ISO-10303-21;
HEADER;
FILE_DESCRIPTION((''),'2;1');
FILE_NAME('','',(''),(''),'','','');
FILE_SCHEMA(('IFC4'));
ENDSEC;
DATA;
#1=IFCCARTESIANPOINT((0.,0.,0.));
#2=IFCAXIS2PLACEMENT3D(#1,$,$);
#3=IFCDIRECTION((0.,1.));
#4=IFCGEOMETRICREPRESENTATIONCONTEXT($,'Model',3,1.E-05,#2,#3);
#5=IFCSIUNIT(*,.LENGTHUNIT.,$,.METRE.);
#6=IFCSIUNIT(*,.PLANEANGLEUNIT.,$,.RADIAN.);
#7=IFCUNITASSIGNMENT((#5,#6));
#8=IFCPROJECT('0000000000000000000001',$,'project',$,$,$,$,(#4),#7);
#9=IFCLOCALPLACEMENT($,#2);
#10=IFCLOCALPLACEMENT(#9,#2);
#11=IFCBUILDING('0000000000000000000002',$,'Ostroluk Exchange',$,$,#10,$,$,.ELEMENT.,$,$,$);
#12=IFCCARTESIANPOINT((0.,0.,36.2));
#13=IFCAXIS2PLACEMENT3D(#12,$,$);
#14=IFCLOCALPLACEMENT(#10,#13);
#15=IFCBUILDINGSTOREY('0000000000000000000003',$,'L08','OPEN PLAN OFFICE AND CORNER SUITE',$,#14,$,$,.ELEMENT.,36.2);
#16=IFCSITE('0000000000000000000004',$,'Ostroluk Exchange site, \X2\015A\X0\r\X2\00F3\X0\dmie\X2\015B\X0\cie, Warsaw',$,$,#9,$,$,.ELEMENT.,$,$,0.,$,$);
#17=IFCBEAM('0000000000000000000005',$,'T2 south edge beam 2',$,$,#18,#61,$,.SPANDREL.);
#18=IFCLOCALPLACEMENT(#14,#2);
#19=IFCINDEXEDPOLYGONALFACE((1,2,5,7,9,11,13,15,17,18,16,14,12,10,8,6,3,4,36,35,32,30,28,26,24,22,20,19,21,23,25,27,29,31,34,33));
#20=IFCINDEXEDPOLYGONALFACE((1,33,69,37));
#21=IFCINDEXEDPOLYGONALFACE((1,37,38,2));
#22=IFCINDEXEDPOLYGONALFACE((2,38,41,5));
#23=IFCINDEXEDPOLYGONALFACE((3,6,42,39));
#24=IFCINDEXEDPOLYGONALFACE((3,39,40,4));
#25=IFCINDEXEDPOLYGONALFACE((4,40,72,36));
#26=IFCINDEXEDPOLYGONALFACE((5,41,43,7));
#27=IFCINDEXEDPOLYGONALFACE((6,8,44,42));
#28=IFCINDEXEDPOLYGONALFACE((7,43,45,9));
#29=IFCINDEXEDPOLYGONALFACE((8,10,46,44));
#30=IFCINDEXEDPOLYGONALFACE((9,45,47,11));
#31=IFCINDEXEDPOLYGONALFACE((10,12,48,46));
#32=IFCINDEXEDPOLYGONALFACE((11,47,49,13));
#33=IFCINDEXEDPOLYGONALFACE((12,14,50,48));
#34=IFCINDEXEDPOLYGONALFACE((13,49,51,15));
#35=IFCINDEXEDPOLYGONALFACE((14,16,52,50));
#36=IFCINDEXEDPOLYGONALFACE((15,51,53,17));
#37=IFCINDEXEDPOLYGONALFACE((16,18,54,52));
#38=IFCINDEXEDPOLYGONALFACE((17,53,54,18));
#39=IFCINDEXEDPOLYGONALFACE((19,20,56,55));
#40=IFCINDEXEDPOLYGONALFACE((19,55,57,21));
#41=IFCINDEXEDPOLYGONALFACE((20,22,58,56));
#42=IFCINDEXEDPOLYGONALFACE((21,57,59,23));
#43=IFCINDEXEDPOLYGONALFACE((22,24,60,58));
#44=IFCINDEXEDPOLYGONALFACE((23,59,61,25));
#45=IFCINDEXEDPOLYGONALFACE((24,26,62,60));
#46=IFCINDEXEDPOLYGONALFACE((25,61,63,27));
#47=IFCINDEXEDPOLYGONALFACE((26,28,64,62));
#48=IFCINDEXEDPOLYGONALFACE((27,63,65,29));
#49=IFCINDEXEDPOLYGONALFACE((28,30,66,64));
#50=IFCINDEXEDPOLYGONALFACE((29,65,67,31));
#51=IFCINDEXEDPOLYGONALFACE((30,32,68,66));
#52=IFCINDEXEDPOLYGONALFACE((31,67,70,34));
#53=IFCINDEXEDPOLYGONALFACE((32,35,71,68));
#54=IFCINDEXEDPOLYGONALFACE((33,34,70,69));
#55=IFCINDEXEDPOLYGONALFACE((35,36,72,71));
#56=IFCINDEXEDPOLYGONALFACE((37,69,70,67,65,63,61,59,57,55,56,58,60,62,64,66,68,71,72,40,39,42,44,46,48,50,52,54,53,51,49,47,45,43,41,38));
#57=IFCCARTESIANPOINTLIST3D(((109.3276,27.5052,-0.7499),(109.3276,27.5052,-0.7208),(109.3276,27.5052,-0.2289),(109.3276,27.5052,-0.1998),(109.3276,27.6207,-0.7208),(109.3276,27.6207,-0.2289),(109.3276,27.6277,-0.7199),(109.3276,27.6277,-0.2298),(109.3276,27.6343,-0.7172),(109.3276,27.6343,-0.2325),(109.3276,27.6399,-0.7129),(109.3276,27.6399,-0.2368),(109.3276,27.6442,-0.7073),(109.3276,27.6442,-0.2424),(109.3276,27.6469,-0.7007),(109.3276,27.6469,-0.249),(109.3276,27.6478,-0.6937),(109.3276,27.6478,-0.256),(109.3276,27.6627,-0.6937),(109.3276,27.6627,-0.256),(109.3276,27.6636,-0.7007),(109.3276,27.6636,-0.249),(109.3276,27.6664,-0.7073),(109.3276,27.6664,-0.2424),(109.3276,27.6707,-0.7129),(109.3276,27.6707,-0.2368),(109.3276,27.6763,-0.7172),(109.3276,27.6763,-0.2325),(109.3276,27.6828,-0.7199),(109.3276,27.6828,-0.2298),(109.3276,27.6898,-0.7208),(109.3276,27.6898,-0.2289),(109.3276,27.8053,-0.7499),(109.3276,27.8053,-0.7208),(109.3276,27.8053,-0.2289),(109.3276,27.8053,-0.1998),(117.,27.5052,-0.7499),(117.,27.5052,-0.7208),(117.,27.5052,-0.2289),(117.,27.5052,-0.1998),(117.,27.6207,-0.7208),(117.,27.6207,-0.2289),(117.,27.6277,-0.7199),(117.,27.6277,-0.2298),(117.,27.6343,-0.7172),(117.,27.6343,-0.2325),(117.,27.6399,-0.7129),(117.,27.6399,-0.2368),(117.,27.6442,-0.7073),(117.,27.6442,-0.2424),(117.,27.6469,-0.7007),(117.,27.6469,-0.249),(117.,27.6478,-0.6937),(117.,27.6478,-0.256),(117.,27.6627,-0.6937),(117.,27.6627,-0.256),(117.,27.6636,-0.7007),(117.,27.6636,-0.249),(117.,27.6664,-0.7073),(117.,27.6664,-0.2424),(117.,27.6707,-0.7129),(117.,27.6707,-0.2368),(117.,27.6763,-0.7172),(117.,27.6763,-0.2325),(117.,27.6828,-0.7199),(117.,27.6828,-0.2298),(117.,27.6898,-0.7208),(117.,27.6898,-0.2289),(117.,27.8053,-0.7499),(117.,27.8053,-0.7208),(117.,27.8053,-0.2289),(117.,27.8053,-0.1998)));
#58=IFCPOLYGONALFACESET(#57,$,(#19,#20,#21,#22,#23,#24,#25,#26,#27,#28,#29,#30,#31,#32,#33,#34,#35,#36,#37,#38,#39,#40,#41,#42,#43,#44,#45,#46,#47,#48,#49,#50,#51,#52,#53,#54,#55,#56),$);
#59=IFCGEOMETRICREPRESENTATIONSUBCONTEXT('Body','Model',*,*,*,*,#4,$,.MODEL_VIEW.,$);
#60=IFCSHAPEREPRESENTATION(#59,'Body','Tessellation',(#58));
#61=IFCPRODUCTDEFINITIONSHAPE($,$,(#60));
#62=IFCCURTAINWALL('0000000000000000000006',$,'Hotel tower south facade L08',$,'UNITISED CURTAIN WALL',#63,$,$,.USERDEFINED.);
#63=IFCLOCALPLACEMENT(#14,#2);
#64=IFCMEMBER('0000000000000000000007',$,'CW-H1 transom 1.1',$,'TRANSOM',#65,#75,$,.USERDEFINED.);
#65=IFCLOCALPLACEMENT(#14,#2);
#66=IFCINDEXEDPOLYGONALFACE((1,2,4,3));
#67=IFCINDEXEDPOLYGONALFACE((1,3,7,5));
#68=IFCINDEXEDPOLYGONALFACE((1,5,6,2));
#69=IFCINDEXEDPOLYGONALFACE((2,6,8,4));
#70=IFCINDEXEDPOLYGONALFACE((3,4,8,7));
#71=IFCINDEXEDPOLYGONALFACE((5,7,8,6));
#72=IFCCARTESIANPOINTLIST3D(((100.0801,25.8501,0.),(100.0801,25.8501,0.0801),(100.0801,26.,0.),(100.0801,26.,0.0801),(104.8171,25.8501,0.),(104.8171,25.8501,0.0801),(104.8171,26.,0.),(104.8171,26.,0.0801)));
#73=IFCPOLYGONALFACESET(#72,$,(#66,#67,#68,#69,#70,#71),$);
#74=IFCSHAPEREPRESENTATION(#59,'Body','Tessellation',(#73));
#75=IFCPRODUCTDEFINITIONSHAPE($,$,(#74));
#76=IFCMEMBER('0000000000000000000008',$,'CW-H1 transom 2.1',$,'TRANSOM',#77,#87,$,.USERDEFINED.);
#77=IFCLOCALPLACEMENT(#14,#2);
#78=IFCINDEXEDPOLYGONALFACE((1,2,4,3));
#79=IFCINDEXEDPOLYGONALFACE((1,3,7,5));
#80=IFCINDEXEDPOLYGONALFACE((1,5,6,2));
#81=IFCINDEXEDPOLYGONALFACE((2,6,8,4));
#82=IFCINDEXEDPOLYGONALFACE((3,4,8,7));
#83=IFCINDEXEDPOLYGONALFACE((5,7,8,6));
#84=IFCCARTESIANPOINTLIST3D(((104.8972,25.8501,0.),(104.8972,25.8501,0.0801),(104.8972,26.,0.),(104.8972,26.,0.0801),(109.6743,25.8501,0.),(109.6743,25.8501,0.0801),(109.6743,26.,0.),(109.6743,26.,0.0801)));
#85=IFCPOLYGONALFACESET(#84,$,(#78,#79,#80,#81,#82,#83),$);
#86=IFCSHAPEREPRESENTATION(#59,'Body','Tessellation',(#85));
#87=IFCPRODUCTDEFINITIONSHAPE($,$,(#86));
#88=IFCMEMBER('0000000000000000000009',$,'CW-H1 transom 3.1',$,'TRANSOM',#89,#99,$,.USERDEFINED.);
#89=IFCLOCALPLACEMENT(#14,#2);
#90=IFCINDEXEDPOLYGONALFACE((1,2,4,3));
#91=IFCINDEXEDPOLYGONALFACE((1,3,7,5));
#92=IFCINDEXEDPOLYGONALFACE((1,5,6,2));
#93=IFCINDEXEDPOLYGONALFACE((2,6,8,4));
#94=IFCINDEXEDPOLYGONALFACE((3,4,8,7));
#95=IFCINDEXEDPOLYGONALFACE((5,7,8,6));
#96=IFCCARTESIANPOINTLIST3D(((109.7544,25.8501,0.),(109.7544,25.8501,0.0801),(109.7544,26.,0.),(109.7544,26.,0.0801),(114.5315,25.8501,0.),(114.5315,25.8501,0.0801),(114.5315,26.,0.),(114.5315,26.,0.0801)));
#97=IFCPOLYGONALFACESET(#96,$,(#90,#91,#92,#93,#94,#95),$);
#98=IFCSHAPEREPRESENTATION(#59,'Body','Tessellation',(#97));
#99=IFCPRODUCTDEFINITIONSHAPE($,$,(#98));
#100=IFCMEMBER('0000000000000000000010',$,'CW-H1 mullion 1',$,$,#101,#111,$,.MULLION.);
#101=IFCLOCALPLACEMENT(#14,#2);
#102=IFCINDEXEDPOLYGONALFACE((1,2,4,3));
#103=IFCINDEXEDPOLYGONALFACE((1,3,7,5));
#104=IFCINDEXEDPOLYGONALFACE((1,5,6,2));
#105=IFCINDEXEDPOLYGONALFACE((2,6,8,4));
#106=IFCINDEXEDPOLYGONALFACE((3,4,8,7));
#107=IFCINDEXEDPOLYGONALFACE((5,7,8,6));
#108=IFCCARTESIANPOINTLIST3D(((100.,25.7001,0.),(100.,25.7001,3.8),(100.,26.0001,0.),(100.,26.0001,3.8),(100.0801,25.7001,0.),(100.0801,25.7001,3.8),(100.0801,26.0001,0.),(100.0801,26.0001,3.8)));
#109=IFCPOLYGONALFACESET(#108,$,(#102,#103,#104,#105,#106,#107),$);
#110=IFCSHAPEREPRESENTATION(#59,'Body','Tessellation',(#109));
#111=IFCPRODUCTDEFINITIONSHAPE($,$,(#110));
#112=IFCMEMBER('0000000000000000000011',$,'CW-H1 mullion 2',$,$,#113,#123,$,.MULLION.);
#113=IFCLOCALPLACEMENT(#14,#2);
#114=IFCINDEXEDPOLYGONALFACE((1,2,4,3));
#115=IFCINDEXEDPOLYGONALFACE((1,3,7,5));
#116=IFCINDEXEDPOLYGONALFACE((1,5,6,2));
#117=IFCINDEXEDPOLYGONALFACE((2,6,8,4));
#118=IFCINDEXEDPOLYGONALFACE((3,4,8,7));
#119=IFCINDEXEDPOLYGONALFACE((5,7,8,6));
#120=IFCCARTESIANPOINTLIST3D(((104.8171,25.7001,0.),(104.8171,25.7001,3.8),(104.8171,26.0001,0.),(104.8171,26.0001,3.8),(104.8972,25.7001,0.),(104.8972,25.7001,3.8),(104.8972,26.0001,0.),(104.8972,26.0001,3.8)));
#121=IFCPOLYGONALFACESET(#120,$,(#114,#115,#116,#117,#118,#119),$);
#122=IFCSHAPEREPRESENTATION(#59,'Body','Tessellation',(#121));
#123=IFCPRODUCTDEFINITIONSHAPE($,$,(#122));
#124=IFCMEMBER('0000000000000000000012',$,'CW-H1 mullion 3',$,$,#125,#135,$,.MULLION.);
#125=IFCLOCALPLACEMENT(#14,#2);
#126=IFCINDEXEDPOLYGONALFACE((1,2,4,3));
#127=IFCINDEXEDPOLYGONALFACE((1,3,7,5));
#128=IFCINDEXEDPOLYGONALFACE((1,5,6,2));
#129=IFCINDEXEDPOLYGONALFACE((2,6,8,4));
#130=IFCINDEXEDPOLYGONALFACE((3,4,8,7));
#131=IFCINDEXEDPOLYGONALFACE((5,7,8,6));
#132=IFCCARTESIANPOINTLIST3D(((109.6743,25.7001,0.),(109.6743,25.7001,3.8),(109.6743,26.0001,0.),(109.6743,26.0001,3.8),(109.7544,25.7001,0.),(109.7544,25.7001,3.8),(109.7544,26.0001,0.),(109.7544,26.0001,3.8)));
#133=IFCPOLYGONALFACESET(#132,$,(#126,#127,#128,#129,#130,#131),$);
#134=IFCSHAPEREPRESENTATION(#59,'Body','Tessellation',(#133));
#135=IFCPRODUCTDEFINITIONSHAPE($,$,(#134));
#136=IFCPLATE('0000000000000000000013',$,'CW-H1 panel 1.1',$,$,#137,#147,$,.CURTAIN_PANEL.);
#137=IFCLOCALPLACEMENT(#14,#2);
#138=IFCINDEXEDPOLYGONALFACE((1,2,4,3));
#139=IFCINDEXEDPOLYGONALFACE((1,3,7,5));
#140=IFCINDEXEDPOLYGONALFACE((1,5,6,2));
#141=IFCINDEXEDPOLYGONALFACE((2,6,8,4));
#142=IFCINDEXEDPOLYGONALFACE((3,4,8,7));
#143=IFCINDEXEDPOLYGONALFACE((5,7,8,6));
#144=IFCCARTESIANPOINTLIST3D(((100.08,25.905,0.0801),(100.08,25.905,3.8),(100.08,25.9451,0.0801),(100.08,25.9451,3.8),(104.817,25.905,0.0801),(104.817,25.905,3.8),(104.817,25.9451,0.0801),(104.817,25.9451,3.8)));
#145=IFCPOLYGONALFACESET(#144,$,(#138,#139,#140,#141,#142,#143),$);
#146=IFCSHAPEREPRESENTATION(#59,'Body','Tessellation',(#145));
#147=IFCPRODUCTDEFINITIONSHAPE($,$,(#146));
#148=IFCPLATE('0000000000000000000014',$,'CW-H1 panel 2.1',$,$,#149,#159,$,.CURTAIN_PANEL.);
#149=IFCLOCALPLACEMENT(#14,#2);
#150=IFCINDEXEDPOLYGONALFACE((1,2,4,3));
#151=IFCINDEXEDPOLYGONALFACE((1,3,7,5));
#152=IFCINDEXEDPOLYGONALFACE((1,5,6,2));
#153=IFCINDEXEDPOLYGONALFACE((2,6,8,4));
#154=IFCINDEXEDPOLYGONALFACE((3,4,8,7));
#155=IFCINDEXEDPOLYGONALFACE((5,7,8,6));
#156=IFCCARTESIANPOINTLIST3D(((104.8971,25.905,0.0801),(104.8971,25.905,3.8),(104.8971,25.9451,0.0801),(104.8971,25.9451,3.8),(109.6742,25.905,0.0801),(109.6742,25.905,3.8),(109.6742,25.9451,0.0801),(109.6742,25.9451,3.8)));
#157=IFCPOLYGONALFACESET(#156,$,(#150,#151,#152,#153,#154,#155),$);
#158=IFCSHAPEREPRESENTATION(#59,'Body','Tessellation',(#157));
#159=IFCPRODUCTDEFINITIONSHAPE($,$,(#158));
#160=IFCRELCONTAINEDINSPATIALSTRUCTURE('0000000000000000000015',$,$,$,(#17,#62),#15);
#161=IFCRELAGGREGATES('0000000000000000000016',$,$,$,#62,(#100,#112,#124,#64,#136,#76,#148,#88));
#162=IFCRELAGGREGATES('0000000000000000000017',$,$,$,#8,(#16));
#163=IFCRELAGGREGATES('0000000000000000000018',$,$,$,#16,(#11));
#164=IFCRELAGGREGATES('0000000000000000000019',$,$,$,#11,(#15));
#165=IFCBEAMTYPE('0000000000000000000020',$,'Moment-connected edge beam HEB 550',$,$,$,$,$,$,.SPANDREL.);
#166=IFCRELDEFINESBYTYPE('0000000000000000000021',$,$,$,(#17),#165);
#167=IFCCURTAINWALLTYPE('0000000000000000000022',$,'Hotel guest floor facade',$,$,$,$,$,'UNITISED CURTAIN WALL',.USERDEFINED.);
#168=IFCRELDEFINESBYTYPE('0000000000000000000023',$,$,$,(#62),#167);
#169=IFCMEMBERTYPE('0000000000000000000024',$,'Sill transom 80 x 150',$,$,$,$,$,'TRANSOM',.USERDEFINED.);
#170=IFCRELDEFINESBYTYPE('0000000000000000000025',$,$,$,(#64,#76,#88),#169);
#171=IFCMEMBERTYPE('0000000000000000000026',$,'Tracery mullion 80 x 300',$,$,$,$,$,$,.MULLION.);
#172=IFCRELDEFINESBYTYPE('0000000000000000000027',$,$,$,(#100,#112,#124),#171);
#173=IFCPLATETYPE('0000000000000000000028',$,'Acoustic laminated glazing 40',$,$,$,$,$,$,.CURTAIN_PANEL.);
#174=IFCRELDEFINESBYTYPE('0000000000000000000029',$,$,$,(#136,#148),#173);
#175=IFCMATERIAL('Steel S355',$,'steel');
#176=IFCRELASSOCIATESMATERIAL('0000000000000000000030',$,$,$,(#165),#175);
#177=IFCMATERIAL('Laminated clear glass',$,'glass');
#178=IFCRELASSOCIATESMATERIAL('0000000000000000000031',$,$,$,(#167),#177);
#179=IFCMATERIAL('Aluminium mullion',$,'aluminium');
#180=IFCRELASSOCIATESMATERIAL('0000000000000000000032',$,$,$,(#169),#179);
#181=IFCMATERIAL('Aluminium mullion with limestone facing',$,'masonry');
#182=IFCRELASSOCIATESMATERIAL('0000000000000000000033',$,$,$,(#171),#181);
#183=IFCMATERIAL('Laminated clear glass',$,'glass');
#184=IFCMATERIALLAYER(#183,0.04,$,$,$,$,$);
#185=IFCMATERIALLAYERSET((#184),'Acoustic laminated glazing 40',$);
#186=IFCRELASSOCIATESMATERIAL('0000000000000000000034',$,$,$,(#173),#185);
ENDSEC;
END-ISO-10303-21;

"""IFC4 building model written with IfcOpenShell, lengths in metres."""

from ifc_helpers import new_model, si_unit, direction, frame, origin, origin_2d, place, context, subcontext, project, spatial, rectangle, i_section, extrude, material, layer, layer_set, material_profile, profile_set, type_object, element, aggregate, save


model = new_model("IFC4")

# Units and contexts
model_context = context("Model", 3, precision=1e-05, world=origin(), true_north=direction((0.0, 1.0)))
body_context = subcontext(model_context, "Body", "Model", "MODEL_VIEW")
ifc_project = project(units=[si_unit("LENGTHUNIT", "METRE"), si_unit("PLANEANGLEUNIT", "RADIAN")], contexts=[model_context])

# Site, building, storey
site_placement = place(None, origin())
site = spatial("IfcSite", under=ifc_project, at=site_placement, Name="Ostroluk Exchange site, Śródmieście, Warsaw", CompositionType="ELEMENT", RefElevation=0.0)
building_placement = place(site_placement, origin())
building = spatial("IfcBuilding", under=site, at=building_placement, Name="Ostroluk Exchange", CompositionType="ELEMENT")
storey_placement = place(building_placement, frame((0.0, 0.0, 36.2)))
storey = spatial("IfcBuildingStorey", under=building, at=storey_placement, Name="L08", Description="OPEN PLAN OFFICE AND CORNER SUITE", CompositionType="ELEMENT", Elevation=36.2)

# Beam
ifc_material_1 = material(Name="Steel S355", Category="steel")
ifc_material_profile_1 = material_profile(ifc_material_1, i_section(OverallWidth=0.3, OverallDepth=0.55, WebThickness=0.0149, FlangeThickness=0.0291, FilletRadius=0.0271, at=origin_2d()), Name="HEB 550")
ifc_profile_set_1 = profile_set([ifc_material_profile_1], Name="Steel S355")
beam_type_1 = type_object("IfcBeamType", Name="Moment-connected edge beam HEB 550", PredefinedType="SPANDREL", material=ifc_profile_set_1)
for number, where, z_axis, x_axis, name in (
    (1, (109.3276, 27.6553, -0.4749), (1.0, 0.0, 0.0), (0.0, 1.0, 0.0), "T2 south edge beam 2"),
):
    element("IfcBeam", number, at=place(storey_placement, frame(where, z_axis=z_axis, x_axis=x_axis)), inside=storey, type_object=beam_type_1, Name=name, PredefinedType="SPANDREL", context=body_context, shape_type="SweptSolid", body=[
        extrude(i_section(OverallWidth=0.3, OverallDepth=0.55, WebThickness=0.0149, FlangeThickness=0.0291, FilletRadius=0.0271, at=origin_2d()), origin(), (0.0, 0.0, 1.0), 7.6724),
    ])

# Curtain wall, members, plates
ifc_material_2 = material(Name="Laminated clear glass", Category="glass")
curtain_wall_type = type_object("IfcCurtainWallType", Name="Hotel guest floor facade", ElementType="UNITISED CURTAIN WALL", PredefinedType="USERDEFINED", material=ifc_material_2)
curtain_wall_placement = place(storey_placement, origin())
curtain_wall = element("IfcCurtainWall", 2, at=curtain_wall_placement, inside=storey, type_object=curtain_wall_type, Name="Hotel tower south facade L08", ObjectType="UNITISED CURTAIN WALL", PredefinedType="USERDEFINED")
ifc_material_3 = material(Name="Aluminium mullion", Category="aluminium")
ifc_material_profile_2 = material_profile(ifc_material_3, rectangle(XDim=0.1499, YDim=0.0801, at=origin_2d()), Name="Sill transom 80 x 150")
ifc_profile_set_2 = profile_set([ifc_material_profile_2], Name="Aluminium mullion")
member_type_1 = type_object("IfcMemberType", Name="Sill transom 80 x 150", ElementType="TRANSOM", PredefinedType="USERDEFINED", material=ifc_profile_set_2)
member_1_placement = place(storey_placement, frame((100.0801, 25.925, 0.04), z_axis=(1.0, 0.0, 0.0), x_axis=(0.0, 1.0, 0.0)))
member_1 = element("IfcMember", 3, at=member_1_placement, type_object=member_type_1, Name="CW-H1 transom 1.1", ObjectType="TRANSOM", PredefinedType="USERDEFINED", context=body_context, shape_type="SweptSolid", body=[
    extrude(rectangle(XDim=0.1499, YDim=0.0801, at=origin_2d()), origin(), (0.0, 0.0, 1.0), 4.7371),
])
member_2_placement = place(storey_placement, frame((104.8972, 25.925, 0.04), z_axis=(1.0, 0.0, 0.0), x_axis=(0.0, 1.0, 0.0)))
member_2 = element("IfcMember", 4, at=member_2_placement, type_object=member_type_1, Name="CW-H1 transom 2.1", ObjectType="TRANSOM", PredefinedType="USERDEFINED", context=body_context, shape_type="SweptSolid", body=[
    extrude(rectangle(XDim=0.1499, YDim=0.0801, at=origin_2d()), origin(), (0.0, 0.0, 1.0), 4.7771),
])
member_3_placement = place(storey_placement, frame((109.7544, 25.925, 0.04), z_axis=(1.0, 0.0, 0.0), x_axis=(0.0, 1.0, 0.0)))
member_3 = element("IfcMember", 5, at=member_3_placement, type_object=member_type_1, Name="CW-H1 transom 3.1", ObjectType="TRANSOM", PredefinedType="USERDEFINED", context=body_context, shape_type="SweptSolid", body=[
    extrude(rectangle(XDim=0.1499, YDim=0.0801, at=origin_2d()), origin(), (0.0, 0.0, 1.0), 4.7771),
])
ifc_material_4 = material(Name="Aluminium mullion with limestone facing", Category="masonry")
ifc_material_profile_3 = material_profile(ifc_material_4, rectangle(XDim=0.3, YDim=0.0801, at=origin_2d()), Name="Tracery mullion 80 x 300")
ifc_profile_set_3 = profile_set([ifc_material_profile_3], Name="Aluminium mullion with limestone facing")
member_type_2 = type_object("IfcMemberType", Name="Tracery mullion 80 x 300", PredefinedType="MULLION", material=ifc_profile_set_3)
member_4_placement = place(storey_placement, frame((100.04, 25.8501, 0.0), z_axis=(0.0, 0.0, 1.0), x_axis=(0.0, 1.0, 0.0)))
member_4 = element("IfcMember", 6, at=member_4_placement, type_object=member_type_2, Name="CW-H1 mullion 1", PredefinedType="MULLION", context=body_context, shape_type="SweptSolid", body=[
    extrude(rectangle(XDim=0.3, YDim=0.0801, at=origin_2d()), origin(), (0.0, 0.0, 1.0), 3.8),
])
member_5_placement = place(storey_placement, frame((104.8572, 25.8501, 0.0), z_axis=(0.0, 0.0, 1.0), x_axis=(0.0, 1.0, 0.0)))
member_5 = element("IfcMember", 7, at=member_5_placement, type_object=member_type_2, Name="CW-H1 mullion 2", PredefinedType="MULLION", context=body_context, shape_type="SweptSolid", body=[
    extrude(rectangle(XDim=0.3, YDim=0.0801, at=origin_2d()), origin(), (0.0, 0.0, 1.0), 3.8),
])
member_6_placement = place(storey_placement, frame((109.7144, 25.8501, 0.0), z_axis=(0.0, 0.0, 1.0), x_axis=(0.0, 1.0, 0.0)))
member_6 = element("IfcMember", 8, at=member_6_placement, type_object=member_type_2, Name="CW-H1 mullion 3", PredefinedType="MULLION", context=body_context, shape_type="SweptSolid", body=[
    extrude(rectangle(XDim=0.3, YDim=0.0801, at=origin_2d()), origin(), (0.0, 0.0, 1.0), 3.8),
])
ifc_material_5 = material(Name="Laminated clear glass", Category="glass")
ifc_layer_1 = layer(ifc_material_5, 0.04)
ifc_layer_set_1 = layer_set([ifc_layer_1], Name="Acoustic laminated glazing 40")
plate_type = type_object("IfcPlateType", Name="Acoustic laminated glazing 40", PredefinedType="CURTAIN_PANEL", material=ifc_layer_set_1)
plate_1_placement = place(storey_placement, frame((102.4485, 25.925, 0.0801), z_axis=(0.0, 0.0, 1.0), x_axis=(1.0, 0.0, 0.0)))
plate_1 = element("IfcPlate", 9, at=plate_1_placement, type_object=plate_type, Name="CW-H1 panel 1.1", PredefinedType="CURTAIN_PANEL", context=body_context, shape_type="SweptSolid", body=[
    extrude(rectangle(XDim=4.7371, YDim=0.04, at=origin_2d()), origin(), (0.0, 0.0, 1.0), 3.72),
])
plate_2_placement = place(storey_placement, frame((107.2856, 25.925, 0.0801), z_axis=(0.0, 0.0, 1.0), x_axis=(1.0, 0.0, 0.0)))
plate_2 = element("IfcPlate", 10, at=plate_2_placement, type_object=plate_type, Name="CW-H1 panel 2.1", PredefinedType="CURTAIN_PANEL", context=body_context, shape_type="SweptSolid", body=[
    extrude(rectangle(XDim=4.7771, YDim=0.04, at=origin_2d()), origin(), (0.0, 0.0, 1.0), 3.72),
])
aggregate(curtain_wall, [member_4, member_5, member_6, member_1, plate_1, member_2, plate_2, member_3])

save(model, "model.ifc")
